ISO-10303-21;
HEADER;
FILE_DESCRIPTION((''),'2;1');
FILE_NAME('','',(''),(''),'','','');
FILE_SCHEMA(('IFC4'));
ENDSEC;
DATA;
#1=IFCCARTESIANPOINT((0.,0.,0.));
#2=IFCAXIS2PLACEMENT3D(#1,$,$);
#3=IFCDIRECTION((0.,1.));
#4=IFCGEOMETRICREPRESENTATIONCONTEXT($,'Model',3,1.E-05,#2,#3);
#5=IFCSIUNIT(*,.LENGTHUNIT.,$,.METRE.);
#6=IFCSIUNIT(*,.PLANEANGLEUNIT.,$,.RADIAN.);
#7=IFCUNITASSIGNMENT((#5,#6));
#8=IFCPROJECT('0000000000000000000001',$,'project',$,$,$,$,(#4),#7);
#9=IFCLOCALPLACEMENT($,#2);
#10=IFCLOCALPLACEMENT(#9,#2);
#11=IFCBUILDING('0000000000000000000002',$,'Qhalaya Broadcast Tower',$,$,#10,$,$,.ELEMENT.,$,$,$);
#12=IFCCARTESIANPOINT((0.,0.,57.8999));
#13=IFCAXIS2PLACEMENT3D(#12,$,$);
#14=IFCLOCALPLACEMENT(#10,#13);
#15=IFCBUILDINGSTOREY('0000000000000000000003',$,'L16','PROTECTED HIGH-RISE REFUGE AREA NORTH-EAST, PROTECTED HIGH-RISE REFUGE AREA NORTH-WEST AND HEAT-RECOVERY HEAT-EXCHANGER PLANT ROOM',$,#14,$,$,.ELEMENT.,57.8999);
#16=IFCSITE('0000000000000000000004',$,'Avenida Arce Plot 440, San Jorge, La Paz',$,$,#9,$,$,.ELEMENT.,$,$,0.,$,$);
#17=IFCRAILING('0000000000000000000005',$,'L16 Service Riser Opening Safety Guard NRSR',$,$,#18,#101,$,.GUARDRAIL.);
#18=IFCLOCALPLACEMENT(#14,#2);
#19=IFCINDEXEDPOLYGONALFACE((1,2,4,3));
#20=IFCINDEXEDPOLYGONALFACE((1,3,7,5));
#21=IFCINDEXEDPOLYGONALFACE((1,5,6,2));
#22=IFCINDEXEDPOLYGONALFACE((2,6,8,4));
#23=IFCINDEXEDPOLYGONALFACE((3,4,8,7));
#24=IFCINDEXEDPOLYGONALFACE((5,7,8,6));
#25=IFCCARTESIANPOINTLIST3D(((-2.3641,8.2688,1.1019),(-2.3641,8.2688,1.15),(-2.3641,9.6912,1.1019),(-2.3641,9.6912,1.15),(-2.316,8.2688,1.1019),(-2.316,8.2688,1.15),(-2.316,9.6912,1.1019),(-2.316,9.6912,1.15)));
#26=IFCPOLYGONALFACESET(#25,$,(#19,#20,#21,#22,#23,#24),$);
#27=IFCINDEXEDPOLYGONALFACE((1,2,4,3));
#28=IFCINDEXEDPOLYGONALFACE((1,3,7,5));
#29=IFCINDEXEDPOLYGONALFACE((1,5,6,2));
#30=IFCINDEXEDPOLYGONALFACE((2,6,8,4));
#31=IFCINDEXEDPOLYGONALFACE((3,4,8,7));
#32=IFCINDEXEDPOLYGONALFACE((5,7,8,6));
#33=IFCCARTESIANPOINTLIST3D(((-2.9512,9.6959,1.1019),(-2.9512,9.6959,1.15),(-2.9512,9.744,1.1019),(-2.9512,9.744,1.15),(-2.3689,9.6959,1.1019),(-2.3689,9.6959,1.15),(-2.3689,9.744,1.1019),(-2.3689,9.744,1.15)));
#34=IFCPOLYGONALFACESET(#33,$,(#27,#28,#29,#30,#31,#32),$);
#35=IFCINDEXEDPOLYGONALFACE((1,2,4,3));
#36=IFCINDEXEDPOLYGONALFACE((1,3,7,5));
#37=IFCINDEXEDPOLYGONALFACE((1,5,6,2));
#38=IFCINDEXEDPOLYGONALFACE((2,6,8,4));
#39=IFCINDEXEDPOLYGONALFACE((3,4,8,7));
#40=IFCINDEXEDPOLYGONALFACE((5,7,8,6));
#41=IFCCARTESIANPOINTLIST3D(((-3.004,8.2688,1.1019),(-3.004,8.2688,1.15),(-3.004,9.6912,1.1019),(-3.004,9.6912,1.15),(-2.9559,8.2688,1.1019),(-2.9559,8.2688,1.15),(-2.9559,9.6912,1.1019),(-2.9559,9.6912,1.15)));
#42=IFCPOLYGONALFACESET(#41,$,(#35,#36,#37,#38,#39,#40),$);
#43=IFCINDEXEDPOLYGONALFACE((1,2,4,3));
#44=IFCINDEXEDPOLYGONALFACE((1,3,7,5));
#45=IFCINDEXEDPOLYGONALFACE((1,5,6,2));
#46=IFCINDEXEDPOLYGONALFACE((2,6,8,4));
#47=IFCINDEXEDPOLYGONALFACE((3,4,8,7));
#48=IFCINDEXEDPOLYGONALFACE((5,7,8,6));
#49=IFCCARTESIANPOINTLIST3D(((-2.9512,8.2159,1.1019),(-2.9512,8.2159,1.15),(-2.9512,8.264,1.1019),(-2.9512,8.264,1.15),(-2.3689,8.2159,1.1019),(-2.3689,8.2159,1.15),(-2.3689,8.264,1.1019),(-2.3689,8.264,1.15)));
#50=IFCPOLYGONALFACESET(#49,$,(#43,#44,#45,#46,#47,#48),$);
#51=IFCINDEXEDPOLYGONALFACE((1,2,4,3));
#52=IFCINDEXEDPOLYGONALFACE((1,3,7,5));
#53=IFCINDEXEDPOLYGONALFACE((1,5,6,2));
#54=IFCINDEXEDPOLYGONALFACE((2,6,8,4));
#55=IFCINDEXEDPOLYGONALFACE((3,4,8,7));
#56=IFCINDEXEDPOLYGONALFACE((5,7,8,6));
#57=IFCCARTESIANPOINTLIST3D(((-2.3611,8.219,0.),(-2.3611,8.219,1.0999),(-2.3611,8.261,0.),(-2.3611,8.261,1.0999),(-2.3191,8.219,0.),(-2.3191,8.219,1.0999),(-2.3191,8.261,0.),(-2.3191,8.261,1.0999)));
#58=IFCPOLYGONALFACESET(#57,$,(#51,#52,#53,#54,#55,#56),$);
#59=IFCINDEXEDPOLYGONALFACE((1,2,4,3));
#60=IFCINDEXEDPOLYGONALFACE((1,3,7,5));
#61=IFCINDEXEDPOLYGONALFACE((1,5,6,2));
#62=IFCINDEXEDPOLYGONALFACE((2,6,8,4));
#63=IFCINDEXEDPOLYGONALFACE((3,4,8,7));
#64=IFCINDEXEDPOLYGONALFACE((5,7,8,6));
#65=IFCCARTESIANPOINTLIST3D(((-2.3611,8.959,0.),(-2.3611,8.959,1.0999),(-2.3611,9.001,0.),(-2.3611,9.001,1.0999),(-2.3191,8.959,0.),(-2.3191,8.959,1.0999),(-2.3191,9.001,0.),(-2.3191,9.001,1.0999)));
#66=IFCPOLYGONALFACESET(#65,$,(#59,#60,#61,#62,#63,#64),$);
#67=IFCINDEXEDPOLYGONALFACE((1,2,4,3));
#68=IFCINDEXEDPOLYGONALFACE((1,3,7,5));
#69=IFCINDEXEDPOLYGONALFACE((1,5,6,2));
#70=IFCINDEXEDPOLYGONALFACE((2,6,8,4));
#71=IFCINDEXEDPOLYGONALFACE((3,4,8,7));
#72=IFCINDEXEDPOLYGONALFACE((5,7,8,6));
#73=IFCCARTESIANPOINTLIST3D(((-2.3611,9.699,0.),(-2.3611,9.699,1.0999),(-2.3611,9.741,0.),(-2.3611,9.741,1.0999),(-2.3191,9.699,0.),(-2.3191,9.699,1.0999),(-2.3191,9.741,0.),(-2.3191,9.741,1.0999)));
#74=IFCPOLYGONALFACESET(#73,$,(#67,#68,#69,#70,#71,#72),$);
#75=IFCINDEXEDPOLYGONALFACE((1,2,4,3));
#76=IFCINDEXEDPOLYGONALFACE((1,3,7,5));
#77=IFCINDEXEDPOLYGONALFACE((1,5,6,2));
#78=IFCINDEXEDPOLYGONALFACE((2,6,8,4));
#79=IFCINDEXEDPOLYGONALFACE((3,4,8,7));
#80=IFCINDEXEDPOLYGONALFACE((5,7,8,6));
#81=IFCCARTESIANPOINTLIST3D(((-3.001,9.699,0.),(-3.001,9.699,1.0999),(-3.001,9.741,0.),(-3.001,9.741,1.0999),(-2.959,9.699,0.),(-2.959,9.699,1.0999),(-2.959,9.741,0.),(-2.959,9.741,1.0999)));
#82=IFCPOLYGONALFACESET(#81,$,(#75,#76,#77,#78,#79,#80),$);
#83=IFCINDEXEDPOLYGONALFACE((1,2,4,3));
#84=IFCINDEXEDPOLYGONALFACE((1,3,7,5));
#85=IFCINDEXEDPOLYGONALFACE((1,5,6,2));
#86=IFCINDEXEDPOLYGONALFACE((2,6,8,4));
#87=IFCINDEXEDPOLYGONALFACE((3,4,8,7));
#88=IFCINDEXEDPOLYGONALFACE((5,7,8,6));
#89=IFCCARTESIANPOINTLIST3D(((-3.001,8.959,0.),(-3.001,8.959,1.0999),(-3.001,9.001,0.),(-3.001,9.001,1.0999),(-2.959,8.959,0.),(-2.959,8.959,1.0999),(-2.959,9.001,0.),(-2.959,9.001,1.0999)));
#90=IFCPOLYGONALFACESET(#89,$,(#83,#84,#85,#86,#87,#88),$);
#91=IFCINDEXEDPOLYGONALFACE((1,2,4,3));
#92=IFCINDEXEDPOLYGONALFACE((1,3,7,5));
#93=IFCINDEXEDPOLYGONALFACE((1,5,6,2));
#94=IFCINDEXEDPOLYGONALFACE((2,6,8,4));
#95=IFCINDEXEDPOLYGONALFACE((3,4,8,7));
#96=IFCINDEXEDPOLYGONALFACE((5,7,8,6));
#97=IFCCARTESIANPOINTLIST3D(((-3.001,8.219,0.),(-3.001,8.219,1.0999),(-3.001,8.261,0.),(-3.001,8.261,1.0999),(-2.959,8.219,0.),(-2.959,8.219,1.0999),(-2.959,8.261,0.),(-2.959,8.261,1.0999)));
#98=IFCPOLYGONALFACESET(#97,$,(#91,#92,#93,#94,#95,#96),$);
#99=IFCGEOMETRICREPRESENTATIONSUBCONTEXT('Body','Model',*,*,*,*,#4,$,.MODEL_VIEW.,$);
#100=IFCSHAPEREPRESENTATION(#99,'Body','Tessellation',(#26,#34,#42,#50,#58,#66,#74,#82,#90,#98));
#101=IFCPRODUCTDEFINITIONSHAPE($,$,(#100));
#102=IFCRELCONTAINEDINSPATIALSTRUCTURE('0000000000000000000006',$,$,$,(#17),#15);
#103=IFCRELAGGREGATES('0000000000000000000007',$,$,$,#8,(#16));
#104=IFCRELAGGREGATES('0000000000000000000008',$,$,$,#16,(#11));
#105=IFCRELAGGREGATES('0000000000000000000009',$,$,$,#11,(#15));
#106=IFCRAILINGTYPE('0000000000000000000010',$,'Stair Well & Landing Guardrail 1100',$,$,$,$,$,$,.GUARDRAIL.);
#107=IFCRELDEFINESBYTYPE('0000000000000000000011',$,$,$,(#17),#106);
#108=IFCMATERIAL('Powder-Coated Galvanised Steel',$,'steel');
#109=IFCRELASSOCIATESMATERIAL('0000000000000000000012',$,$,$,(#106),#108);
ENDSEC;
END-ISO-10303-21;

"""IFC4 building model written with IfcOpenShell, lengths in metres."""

from ifc_helpers import new_model, si_unit, direction, frame, origin, origin_2d, place, context, subcontext, project, spatial, rectangle, extrude, material, type_object, element, save


model = new_model("IFC4")

# Units and contexts
model_context = context("Model", 3, precision=1e-05, world=origin(), true_north=direction((0.0, 1.0)))
body_context = subcontext(model_context, "Body", "Model", "MODEL_VIEW")
ifc_project = project(units=[si_unit("LENGTHUNIT", "METRE"), si_unit("PLANEANGLEUNIT", "RADIAN")], contexts=[model_context])

# Site, building, storey
site_placement = place(None, origin())
site = spatial("IfcSite", under=ifc_project, at=site_placement, Name="Avenida Arce Plot 440, San Jorge, La Paz", CompositionType="ELEMENT", RefElevation=0.0)
building_placement = place(site_placement, origin())
building = spatial("IfcBuilding", under=site, at=building_placement, Name="Qhalaya Broadcast Tower", CompositionType="ELEMENT")
storey_placement = place(building_placement, frame((0.0, 0.0, 57.8999)))
storey = spatial("IfcBuildingStorey", under=building, at=storey_placement, Name="L16", Description="PROTECTED HIGH-RISE REFUGE AREA NORTH-EAST, PROTECTED HIGH-RISE REFUGE AREA NORTH-WEST AND HEAT-RECOVERY HEAT-EXCHANGER PLANT ROOM", CompositionType="ELEMENT", Elevation=57.8999)

# Railing
ifc_material_1 = material(Name="Powder-Coated Galvanised Steel", Category="steel")
railing_type = type_object("IfcRailingType", Name="Stair Well & Landing Guardrail 1100", PredefinedType="GUARDRAIL", material=ifc_material_1)
railing_placement = place(storey_placement, frame((-2.3401, 8.24, 0.0)))
element("IfcRailing", 1, at=railing_placement, inside=storey, type_object=railing_type, Name="L16 Service Riser Opening Safety Guard NRSR", PredefinedType="GUARDRAIL", context=body_context, shape_type="SweptSolid", body=[
    extrude(rectangle(XDim=0.0481, YDim=0.0481, at=origin_2d()), frame((0.0, 0.0288, 1.126), z_axis=(0.0, 1.0, 0.0), x_axis=(-1.0, 0.0, 0.0)), (0.0, 0.0, 1.0), 1.4224),
    extrude(rectangle(XDim=0.0481, YDim=0.0481, at=origin_2d()), frame((-0.0288, 1.48, 1.126), z_axis=(-1.0, 0.0, 0.0), x_axis=(0.0, -1.0, 0.0)), (0.0, 0.0, 1.0), 0.5823),
    extrude(rectangle(XDim=0.0481, YDim=0.0481, at=origin_2d()), frame((-0.6399, 1.4512, 1.126), z_axis=(0.0, -1.0, 0.0), x_axis=(1.0, 0.0, 0.0)), (0.0, 0.0, 1.0), 1.4224),
    extrude(rectangle(XDim=0.0481, YDim=0.0481, at=origin_2d()), frame((-0.6111, 0.0, 1.126), z_axis=(1.0, 0.0, 0.0), x_axis=(0.0, 1.0, 0.0)), (0.0, 0.0, 1.0), 0.5823),
    extrude(rectangle(XDim=0.042, YDim=0.042, at=origin_2d()), origin(), (0.0, 0.0, 1.0), 1.0999),
    extrude(rectangle(XDim=0.042, YDim=0.042, at=origin_2d()), frame((0.0, 0.74, 0.0)), (0.0, 0.0, 1.0), 1.0999),
    extrude(rectangle(XDim=0.042, YDim=0.042, at=origin_2d()), frame((0.0, 1.48, 0.0)), (0.0, 0.0, 1.0), 1.0999),
    extrude(rectangle(XDim=0.042, YDim=0.042, at=origin_2d()), frame((-0.6399, 1.48, 0.0)), (0.0, 0.0, 1.0), 1.0999),
    extrude(rectangle(XDim=0.042, YDim=0.042, at=origin_2d()), frame((-0.6399, 0.74, 0.0)), (0.0, 0.0, 1.0), 1.0999),
    extrude(rectangle(XDim=0.042, YDim=0.042, at=origin_2d()), frame((-0.6399, 0.0, 0.0)), (0.0, 0.0, 1.0), 1.0999),
])

save(model, "model.ifc")
